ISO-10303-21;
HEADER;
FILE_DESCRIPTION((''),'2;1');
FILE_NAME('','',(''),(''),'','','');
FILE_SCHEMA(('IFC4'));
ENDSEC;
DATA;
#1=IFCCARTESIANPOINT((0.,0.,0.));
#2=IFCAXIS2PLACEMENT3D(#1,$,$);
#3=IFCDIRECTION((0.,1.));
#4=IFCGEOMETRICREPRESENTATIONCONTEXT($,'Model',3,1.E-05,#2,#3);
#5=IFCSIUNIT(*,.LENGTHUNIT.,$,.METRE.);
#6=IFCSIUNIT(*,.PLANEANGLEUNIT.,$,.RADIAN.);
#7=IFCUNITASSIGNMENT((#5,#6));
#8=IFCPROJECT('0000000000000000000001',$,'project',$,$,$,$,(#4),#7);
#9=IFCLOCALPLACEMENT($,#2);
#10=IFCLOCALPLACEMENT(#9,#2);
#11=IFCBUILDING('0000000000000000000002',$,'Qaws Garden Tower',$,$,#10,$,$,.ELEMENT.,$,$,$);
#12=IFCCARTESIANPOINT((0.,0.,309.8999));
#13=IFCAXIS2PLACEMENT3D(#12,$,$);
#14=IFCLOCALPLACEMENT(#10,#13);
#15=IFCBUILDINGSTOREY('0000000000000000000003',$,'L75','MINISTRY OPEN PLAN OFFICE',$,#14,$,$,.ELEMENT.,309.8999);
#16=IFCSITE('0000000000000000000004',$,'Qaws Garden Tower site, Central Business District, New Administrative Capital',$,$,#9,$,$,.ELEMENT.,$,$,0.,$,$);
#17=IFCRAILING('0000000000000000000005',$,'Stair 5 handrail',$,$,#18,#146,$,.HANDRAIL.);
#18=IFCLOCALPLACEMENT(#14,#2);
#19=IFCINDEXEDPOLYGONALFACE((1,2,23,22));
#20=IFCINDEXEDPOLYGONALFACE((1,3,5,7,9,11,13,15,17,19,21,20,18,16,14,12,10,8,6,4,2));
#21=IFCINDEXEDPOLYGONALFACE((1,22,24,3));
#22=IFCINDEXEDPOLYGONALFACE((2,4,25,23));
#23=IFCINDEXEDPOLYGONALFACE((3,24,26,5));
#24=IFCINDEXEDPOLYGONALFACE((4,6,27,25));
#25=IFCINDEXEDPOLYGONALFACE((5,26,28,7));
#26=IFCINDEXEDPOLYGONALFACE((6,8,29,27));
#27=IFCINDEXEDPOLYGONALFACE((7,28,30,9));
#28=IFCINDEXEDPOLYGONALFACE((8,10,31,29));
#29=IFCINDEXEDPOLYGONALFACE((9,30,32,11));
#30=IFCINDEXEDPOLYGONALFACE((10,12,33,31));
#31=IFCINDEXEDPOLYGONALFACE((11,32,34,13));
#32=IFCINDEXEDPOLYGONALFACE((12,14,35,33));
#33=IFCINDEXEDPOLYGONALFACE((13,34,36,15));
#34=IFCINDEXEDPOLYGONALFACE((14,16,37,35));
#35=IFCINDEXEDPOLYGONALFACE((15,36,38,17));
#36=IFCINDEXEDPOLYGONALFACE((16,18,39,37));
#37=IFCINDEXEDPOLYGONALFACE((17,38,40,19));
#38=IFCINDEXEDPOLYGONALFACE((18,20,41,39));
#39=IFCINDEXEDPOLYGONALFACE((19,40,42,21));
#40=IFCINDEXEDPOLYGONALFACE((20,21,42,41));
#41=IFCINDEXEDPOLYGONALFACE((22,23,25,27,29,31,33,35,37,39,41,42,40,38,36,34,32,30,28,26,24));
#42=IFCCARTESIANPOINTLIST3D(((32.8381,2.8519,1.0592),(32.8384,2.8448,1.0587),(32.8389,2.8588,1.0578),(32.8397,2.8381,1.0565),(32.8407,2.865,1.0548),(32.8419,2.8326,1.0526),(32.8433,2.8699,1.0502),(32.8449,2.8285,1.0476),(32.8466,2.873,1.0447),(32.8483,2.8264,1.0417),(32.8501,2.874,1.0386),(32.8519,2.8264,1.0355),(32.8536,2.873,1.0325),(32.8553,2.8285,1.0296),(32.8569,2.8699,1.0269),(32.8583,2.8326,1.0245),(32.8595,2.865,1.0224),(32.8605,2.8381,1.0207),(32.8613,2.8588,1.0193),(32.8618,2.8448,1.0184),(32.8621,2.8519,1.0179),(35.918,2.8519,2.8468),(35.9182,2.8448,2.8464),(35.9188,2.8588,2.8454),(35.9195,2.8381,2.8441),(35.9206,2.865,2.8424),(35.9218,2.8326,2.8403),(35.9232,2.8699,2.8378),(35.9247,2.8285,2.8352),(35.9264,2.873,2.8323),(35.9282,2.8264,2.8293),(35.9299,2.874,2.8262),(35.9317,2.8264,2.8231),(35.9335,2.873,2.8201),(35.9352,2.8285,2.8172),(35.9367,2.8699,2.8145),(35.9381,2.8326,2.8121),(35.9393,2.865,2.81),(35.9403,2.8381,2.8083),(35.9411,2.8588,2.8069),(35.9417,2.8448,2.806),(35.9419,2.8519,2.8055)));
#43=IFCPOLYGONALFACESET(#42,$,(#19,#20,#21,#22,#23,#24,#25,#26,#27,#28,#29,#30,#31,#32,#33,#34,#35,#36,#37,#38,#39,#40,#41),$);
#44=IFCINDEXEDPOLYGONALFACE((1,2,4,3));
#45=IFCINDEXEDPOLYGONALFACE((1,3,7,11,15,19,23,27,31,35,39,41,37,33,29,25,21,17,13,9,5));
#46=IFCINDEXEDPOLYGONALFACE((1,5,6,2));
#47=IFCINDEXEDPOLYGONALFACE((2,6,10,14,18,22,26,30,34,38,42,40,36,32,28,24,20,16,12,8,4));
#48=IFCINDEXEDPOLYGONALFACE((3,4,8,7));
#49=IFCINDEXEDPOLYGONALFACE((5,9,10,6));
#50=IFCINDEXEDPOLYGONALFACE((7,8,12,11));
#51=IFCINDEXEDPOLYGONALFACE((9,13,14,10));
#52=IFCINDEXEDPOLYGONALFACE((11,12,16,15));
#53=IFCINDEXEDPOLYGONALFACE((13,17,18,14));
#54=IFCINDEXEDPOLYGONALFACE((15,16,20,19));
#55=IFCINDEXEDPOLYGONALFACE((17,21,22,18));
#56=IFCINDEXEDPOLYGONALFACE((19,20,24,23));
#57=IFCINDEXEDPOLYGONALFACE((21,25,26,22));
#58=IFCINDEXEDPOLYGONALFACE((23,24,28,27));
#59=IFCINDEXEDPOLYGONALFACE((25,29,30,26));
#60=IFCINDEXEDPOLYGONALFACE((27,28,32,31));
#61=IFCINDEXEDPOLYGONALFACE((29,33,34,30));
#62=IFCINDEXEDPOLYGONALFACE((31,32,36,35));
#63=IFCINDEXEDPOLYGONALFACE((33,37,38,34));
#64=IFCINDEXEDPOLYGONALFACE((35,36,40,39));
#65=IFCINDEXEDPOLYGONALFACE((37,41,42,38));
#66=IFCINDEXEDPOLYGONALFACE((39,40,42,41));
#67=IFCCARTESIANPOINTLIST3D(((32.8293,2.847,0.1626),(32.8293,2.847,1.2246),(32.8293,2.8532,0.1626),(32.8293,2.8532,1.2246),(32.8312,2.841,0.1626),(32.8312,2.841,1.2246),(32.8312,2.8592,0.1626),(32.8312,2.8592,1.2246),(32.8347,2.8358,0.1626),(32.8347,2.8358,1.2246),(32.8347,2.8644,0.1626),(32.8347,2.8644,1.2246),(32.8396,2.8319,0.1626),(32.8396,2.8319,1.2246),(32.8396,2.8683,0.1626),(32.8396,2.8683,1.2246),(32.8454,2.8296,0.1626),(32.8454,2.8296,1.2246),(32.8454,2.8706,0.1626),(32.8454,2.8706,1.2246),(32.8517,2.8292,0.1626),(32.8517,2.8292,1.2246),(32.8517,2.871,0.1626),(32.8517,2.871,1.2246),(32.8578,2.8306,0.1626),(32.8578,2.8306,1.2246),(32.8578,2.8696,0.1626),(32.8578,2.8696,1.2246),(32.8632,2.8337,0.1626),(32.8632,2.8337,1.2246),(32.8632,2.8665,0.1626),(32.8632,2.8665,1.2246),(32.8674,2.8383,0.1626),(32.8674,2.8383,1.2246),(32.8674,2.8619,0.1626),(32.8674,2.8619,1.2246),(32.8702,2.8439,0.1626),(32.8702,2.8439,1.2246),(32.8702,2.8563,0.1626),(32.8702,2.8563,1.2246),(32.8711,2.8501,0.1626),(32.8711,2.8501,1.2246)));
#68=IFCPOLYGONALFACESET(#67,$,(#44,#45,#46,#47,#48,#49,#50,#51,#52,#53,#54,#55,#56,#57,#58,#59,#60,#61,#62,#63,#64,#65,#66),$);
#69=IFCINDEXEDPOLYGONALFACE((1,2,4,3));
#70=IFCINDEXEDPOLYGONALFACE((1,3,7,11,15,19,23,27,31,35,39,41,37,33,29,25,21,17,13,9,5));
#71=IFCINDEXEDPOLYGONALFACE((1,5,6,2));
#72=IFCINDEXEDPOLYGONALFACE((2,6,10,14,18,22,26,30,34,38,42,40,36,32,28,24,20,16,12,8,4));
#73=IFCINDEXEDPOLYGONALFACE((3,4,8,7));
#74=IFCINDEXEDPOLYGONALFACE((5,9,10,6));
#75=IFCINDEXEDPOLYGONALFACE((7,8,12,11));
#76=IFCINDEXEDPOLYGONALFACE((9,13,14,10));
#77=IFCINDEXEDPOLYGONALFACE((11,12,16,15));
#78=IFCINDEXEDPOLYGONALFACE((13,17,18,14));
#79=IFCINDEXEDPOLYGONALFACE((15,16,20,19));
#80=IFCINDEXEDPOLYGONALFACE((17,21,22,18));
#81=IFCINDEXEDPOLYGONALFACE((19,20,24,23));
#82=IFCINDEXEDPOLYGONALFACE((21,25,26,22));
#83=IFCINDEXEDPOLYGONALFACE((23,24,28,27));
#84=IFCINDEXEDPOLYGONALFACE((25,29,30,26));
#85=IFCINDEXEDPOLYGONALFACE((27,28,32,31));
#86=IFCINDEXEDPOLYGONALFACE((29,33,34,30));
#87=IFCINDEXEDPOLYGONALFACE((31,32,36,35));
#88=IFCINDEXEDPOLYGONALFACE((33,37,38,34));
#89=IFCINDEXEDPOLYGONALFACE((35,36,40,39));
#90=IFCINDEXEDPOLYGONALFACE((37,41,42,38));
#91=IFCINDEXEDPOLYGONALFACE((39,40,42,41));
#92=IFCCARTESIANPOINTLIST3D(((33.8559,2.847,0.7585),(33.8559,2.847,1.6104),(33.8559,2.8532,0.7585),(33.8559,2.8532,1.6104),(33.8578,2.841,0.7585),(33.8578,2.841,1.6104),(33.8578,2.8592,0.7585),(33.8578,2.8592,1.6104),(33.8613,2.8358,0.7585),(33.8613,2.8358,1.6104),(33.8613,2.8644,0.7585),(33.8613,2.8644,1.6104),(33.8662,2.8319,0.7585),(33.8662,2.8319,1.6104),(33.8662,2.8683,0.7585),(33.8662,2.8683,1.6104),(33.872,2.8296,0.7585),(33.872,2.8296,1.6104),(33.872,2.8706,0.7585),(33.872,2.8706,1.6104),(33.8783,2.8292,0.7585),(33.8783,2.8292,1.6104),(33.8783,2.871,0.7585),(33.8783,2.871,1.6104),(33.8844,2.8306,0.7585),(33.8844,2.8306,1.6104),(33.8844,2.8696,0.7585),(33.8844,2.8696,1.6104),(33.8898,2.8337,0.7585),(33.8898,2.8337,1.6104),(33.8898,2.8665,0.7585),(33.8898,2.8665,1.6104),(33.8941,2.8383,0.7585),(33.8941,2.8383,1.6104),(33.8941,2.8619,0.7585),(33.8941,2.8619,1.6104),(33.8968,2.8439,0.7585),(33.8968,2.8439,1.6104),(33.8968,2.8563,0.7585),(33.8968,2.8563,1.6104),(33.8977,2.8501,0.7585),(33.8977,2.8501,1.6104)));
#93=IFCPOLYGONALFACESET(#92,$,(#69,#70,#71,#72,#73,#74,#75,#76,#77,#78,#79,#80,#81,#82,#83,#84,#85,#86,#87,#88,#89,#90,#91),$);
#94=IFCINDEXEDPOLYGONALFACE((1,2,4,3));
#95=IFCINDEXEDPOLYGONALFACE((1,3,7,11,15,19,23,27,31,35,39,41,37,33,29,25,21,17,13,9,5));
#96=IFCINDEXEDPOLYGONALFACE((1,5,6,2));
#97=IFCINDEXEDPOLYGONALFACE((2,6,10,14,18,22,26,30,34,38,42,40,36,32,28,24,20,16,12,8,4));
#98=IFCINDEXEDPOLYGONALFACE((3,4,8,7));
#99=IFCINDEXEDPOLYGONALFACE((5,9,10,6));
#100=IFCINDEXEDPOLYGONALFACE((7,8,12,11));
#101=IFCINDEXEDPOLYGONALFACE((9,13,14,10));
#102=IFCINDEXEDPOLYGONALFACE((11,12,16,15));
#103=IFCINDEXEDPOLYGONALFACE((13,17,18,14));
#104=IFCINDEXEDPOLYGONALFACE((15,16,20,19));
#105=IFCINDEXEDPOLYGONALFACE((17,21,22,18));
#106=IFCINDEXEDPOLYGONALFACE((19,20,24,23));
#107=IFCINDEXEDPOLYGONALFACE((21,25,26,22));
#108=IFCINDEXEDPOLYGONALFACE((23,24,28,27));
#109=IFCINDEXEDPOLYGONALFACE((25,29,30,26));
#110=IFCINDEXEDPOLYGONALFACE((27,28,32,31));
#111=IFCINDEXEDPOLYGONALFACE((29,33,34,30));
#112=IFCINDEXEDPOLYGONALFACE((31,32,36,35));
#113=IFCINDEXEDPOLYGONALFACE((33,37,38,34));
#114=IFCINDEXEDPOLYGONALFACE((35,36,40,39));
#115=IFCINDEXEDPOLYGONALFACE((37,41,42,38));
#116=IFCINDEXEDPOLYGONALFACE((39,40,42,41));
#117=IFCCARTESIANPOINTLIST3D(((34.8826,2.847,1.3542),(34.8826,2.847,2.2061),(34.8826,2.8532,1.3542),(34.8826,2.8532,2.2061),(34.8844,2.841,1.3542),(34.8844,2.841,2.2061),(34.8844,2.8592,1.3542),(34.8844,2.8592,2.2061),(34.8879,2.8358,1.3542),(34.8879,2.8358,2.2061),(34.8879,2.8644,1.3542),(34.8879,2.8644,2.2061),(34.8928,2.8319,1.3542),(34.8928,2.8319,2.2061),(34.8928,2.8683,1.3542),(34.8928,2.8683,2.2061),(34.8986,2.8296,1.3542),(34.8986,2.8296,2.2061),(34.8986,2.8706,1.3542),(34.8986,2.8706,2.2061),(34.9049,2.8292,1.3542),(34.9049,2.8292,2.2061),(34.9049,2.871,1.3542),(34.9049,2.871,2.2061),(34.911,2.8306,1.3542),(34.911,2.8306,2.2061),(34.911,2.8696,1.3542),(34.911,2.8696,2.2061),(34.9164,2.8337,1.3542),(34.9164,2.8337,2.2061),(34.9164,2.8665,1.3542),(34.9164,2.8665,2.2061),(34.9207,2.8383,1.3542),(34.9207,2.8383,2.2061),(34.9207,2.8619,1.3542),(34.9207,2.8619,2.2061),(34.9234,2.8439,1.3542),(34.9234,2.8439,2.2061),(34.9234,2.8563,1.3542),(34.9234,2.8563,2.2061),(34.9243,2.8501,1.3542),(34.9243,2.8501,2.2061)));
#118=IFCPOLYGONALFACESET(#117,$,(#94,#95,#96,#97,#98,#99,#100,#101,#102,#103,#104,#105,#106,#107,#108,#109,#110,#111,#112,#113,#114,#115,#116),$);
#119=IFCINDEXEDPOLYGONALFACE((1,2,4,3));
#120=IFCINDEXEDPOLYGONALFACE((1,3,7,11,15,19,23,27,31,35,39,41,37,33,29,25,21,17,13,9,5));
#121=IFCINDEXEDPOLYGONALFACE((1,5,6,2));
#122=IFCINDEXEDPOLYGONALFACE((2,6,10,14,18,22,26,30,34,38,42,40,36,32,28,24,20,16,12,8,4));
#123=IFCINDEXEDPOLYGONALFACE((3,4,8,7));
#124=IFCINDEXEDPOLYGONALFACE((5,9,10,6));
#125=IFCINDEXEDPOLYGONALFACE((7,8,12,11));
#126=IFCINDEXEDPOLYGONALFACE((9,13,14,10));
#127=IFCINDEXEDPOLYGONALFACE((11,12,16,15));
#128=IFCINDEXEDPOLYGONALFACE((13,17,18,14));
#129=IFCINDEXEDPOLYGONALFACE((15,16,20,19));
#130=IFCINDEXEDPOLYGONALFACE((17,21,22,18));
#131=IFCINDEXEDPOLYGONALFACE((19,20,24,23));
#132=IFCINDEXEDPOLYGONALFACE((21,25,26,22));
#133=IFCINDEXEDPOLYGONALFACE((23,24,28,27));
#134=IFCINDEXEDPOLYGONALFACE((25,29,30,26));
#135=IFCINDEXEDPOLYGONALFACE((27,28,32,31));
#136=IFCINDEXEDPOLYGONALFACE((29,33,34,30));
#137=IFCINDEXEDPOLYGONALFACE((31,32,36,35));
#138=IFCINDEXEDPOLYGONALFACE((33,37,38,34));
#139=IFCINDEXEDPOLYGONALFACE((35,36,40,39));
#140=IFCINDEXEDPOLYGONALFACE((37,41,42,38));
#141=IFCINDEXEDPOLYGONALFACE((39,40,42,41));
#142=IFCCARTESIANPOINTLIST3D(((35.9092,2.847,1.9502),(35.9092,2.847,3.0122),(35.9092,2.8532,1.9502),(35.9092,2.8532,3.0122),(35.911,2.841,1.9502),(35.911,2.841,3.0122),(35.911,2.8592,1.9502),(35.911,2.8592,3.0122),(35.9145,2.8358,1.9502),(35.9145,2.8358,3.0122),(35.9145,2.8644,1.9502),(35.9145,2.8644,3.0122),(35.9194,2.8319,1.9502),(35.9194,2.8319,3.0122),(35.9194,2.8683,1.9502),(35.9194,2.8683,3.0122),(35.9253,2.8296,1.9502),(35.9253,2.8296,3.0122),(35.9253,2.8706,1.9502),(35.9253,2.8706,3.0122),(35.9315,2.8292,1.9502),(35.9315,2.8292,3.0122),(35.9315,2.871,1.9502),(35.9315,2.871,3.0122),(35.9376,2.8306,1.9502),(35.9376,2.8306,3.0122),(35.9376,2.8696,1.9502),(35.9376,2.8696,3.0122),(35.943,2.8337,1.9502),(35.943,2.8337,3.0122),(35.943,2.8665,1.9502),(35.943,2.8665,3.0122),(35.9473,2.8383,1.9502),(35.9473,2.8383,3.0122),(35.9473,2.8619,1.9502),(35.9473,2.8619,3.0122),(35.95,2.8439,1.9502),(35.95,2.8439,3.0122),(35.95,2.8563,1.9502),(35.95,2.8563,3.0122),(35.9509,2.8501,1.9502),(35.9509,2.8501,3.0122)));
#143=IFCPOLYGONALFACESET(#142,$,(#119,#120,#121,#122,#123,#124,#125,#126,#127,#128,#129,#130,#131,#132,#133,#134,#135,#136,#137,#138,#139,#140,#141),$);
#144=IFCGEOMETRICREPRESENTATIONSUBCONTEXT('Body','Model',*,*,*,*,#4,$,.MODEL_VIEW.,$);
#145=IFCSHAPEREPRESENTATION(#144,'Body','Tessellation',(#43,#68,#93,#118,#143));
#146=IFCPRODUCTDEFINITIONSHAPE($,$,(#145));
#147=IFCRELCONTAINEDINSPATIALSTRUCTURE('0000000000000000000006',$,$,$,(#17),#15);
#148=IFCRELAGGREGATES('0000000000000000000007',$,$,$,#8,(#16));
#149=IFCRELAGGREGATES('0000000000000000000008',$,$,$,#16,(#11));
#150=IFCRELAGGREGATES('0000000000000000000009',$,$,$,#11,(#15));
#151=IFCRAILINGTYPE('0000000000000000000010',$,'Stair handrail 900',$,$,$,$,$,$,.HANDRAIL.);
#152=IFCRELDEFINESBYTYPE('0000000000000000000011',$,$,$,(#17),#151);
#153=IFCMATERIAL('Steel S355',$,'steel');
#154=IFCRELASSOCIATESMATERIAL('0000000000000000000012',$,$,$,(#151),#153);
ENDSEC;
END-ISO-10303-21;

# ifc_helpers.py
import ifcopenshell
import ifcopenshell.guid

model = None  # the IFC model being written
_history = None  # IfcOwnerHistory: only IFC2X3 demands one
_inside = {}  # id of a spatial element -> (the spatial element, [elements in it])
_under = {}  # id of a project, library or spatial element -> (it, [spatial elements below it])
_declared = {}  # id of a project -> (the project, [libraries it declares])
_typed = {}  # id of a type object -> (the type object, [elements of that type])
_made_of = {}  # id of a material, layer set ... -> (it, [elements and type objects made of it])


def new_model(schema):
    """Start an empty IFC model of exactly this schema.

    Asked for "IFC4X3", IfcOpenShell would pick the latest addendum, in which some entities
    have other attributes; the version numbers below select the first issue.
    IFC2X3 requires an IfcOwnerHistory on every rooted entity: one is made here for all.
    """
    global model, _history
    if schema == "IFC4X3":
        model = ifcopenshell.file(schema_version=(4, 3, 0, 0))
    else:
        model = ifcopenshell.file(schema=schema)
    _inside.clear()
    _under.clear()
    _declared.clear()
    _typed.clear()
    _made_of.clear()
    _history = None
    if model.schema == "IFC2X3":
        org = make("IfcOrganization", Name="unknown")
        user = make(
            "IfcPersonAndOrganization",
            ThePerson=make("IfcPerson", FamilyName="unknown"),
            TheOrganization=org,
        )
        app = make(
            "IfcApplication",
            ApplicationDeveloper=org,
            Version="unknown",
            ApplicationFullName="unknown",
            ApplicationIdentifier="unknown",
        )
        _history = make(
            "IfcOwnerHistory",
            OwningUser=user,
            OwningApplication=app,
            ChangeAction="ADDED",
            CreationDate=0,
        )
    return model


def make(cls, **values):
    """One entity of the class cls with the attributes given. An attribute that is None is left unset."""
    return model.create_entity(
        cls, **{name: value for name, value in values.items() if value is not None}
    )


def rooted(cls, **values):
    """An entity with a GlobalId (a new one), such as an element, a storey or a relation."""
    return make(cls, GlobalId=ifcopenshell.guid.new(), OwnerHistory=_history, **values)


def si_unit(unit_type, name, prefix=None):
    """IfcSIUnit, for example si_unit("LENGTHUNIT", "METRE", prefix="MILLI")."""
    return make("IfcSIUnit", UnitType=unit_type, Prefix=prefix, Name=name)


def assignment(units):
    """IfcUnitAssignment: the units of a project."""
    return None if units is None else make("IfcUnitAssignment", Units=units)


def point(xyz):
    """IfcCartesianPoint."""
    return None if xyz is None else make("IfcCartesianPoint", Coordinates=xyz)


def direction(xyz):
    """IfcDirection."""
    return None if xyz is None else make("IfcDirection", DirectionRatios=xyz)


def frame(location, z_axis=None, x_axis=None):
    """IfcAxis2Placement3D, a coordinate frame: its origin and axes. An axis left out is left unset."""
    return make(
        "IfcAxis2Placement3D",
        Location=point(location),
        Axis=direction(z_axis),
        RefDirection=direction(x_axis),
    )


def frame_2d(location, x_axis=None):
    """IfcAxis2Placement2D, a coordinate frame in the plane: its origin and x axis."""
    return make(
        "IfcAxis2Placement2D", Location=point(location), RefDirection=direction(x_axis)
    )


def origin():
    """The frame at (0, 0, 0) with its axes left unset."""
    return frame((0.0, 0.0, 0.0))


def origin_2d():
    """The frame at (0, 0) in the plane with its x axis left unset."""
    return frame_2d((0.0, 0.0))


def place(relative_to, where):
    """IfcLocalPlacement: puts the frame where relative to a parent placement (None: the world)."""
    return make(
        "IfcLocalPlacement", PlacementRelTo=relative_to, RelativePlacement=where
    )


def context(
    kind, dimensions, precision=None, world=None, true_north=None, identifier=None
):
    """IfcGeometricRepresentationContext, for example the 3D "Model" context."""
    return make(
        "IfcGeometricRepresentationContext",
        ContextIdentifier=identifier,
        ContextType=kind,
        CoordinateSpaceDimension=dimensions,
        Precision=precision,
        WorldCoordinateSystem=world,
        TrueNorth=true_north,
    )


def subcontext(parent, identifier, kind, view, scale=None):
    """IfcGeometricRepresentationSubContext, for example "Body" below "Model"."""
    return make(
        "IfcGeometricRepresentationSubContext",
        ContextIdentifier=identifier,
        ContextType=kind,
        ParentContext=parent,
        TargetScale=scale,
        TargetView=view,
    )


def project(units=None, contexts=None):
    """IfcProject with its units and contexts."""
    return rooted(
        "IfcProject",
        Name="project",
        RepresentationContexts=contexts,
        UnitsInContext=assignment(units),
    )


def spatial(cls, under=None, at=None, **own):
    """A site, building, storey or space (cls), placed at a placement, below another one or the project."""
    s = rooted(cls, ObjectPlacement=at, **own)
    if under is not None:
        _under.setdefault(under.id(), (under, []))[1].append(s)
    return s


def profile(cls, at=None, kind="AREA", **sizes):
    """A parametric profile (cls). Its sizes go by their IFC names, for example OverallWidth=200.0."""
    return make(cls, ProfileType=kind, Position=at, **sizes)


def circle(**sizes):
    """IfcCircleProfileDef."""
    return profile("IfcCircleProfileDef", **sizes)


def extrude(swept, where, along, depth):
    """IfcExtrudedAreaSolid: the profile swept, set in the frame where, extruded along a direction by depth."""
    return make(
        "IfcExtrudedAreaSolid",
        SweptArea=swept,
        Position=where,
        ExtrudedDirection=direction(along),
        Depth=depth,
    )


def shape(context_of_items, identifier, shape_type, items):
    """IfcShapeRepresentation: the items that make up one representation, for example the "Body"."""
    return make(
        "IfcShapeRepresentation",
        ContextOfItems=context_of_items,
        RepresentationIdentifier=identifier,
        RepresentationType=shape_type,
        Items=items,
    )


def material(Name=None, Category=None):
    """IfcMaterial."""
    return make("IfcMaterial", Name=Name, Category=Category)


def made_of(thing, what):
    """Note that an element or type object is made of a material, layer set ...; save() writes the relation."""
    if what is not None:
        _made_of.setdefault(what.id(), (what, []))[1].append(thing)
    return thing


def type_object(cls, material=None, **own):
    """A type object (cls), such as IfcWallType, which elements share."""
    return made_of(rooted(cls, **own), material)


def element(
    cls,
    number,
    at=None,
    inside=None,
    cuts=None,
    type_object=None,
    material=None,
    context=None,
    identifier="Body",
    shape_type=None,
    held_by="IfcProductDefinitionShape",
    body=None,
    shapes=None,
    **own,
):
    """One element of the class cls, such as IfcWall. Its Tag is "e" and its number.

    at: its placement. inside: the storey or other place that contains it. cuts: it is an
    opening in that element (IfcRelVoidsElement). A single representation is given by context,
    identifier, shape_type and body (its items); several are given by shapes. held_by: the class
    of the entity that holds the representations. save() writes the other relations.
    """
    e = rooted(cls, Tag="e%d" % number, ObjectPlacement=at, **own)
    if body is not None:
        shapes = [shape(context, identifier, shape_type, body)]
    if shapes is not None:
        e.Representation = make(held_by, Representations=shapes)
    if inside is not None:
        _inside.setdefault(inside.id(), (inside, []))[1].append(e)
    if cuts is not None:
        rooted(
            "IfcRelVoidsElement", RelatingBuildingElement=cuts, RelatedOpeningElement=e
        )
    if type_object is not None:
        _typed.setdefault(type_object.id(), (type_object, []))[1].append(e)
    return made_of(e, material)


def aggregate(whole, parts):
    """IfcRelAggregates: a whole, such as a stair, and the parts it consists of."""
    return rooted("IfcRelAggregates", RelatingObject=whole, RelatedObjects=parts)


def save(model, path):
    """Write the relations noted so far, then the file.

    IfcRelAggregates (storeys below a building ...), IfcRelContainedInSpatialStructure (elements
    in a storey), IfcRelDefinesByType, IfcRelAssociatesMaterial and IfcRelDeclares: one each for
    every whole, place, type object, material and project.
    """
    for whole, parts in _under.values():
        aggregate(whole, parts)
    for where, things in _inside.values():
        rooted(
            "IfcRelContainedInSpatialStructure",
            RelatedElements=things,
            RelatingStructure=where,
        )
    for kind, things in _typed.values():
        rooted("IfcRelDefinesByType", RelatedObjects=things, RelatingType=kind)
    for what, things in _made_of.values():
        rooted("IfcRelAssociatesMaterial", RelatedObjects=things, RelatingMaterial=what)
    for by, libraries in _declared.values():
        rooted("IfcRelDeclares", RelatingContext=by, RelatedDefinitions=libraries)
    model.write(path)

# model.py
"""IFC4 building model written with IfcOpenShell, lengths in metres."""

from ifc_helpers import new_model, si_unit, direction, frame, origin, origin_2d, place, context, subcontext, project, spatial, circle, extrude, material, type_object, element, save


model = new_model("IFC4")

# Units and contexts
model_context = context("Model", 3, precision=1e-05, world=origin(), true_north=direction((0.0, 1.0)))
body_context = subcontext(model_context, "Body", "Model", "MODEL_VIEW")
ifc_project = project(units=[si_unit("LENGTHUNIT", "METRE"), si_unit("PLANEANGLEUNIT", "RADIAN")], contexts=[model_context])

# Site, building, storey
site_placement = place(None, origin())
site = spatial("IfcSite", under=ifc_project, at=site_placement, Name="Qaws Garden Tower site, Central Business District, New Administrative Capital", CompositionType="ELEMENT", RefElevation=0.0)
building_placement = place(site_placement, origin())
building = spatial("IfcBuilding", under=site, at=building_placement, Name="Qaws Garden Tower", CompositionType="ELEMENT")
storey_placement = place(building_placement, frame((0.0, 0.0, 309.8999)))
storey = spatial("IfcBuildingStorey", under=building, at=storey_placement, Name="L75", Description="MINISTRY OPEN PLAN OFFICE", CompositionType="ELEMENT", Elevation=309.8999)

# Railing
ifc_material_1 = material(Name="Steel S355", Category="steel")
railing_type = type_object("IfcRailingType", Name="Stair handrail 900", PredefinedType="HANDRAIL", material=ifc_material_1)
railing_1_placement = place(storey_placement, frame((32.8501, 2.8501, 0.1626)))
element("IfcRailing", 1, at=railing_1_placement, inside=storey, type_object=railing_type, Name="Stair 5 handrail", PredefinedType="HANDRAIL", context=body_context, shape_type="SweptSolid", body=[
    extrude(circle(Radius=0.0239, at=origin_2d()), frame((0.0, 0.0, 0.876), z_axis=(0.864873, 0.0, 0.50199), x_axis=(0.0, 1.0, 0.0)), (0.0, 0.0, 1.0), 3.561),
    extrude(circle(Radius=0.021, at=origin_2d()), origin(), (0.0, 0.0, 1.0), 1.062),
    extrude(circle(Radius=0.021, at=origin_2d()), frame((1.0266, 0.0, 0.5959)), (0.0, 0.0, 1.0), 0.8518),
    extrude(circle(Radius=0.021, at=origin_2d()), frame((2.0532, 0.0, 1.1917)), (0.0, 0.0, 1.0), 0.8518),
    extrude(circle(Radius=0.021, at=origin_2d()), frame((3.0798, 0.0, 1.7876)), (0.0, 0.0, 1.0), 1.062),
])

save(model, "model.ifc")
